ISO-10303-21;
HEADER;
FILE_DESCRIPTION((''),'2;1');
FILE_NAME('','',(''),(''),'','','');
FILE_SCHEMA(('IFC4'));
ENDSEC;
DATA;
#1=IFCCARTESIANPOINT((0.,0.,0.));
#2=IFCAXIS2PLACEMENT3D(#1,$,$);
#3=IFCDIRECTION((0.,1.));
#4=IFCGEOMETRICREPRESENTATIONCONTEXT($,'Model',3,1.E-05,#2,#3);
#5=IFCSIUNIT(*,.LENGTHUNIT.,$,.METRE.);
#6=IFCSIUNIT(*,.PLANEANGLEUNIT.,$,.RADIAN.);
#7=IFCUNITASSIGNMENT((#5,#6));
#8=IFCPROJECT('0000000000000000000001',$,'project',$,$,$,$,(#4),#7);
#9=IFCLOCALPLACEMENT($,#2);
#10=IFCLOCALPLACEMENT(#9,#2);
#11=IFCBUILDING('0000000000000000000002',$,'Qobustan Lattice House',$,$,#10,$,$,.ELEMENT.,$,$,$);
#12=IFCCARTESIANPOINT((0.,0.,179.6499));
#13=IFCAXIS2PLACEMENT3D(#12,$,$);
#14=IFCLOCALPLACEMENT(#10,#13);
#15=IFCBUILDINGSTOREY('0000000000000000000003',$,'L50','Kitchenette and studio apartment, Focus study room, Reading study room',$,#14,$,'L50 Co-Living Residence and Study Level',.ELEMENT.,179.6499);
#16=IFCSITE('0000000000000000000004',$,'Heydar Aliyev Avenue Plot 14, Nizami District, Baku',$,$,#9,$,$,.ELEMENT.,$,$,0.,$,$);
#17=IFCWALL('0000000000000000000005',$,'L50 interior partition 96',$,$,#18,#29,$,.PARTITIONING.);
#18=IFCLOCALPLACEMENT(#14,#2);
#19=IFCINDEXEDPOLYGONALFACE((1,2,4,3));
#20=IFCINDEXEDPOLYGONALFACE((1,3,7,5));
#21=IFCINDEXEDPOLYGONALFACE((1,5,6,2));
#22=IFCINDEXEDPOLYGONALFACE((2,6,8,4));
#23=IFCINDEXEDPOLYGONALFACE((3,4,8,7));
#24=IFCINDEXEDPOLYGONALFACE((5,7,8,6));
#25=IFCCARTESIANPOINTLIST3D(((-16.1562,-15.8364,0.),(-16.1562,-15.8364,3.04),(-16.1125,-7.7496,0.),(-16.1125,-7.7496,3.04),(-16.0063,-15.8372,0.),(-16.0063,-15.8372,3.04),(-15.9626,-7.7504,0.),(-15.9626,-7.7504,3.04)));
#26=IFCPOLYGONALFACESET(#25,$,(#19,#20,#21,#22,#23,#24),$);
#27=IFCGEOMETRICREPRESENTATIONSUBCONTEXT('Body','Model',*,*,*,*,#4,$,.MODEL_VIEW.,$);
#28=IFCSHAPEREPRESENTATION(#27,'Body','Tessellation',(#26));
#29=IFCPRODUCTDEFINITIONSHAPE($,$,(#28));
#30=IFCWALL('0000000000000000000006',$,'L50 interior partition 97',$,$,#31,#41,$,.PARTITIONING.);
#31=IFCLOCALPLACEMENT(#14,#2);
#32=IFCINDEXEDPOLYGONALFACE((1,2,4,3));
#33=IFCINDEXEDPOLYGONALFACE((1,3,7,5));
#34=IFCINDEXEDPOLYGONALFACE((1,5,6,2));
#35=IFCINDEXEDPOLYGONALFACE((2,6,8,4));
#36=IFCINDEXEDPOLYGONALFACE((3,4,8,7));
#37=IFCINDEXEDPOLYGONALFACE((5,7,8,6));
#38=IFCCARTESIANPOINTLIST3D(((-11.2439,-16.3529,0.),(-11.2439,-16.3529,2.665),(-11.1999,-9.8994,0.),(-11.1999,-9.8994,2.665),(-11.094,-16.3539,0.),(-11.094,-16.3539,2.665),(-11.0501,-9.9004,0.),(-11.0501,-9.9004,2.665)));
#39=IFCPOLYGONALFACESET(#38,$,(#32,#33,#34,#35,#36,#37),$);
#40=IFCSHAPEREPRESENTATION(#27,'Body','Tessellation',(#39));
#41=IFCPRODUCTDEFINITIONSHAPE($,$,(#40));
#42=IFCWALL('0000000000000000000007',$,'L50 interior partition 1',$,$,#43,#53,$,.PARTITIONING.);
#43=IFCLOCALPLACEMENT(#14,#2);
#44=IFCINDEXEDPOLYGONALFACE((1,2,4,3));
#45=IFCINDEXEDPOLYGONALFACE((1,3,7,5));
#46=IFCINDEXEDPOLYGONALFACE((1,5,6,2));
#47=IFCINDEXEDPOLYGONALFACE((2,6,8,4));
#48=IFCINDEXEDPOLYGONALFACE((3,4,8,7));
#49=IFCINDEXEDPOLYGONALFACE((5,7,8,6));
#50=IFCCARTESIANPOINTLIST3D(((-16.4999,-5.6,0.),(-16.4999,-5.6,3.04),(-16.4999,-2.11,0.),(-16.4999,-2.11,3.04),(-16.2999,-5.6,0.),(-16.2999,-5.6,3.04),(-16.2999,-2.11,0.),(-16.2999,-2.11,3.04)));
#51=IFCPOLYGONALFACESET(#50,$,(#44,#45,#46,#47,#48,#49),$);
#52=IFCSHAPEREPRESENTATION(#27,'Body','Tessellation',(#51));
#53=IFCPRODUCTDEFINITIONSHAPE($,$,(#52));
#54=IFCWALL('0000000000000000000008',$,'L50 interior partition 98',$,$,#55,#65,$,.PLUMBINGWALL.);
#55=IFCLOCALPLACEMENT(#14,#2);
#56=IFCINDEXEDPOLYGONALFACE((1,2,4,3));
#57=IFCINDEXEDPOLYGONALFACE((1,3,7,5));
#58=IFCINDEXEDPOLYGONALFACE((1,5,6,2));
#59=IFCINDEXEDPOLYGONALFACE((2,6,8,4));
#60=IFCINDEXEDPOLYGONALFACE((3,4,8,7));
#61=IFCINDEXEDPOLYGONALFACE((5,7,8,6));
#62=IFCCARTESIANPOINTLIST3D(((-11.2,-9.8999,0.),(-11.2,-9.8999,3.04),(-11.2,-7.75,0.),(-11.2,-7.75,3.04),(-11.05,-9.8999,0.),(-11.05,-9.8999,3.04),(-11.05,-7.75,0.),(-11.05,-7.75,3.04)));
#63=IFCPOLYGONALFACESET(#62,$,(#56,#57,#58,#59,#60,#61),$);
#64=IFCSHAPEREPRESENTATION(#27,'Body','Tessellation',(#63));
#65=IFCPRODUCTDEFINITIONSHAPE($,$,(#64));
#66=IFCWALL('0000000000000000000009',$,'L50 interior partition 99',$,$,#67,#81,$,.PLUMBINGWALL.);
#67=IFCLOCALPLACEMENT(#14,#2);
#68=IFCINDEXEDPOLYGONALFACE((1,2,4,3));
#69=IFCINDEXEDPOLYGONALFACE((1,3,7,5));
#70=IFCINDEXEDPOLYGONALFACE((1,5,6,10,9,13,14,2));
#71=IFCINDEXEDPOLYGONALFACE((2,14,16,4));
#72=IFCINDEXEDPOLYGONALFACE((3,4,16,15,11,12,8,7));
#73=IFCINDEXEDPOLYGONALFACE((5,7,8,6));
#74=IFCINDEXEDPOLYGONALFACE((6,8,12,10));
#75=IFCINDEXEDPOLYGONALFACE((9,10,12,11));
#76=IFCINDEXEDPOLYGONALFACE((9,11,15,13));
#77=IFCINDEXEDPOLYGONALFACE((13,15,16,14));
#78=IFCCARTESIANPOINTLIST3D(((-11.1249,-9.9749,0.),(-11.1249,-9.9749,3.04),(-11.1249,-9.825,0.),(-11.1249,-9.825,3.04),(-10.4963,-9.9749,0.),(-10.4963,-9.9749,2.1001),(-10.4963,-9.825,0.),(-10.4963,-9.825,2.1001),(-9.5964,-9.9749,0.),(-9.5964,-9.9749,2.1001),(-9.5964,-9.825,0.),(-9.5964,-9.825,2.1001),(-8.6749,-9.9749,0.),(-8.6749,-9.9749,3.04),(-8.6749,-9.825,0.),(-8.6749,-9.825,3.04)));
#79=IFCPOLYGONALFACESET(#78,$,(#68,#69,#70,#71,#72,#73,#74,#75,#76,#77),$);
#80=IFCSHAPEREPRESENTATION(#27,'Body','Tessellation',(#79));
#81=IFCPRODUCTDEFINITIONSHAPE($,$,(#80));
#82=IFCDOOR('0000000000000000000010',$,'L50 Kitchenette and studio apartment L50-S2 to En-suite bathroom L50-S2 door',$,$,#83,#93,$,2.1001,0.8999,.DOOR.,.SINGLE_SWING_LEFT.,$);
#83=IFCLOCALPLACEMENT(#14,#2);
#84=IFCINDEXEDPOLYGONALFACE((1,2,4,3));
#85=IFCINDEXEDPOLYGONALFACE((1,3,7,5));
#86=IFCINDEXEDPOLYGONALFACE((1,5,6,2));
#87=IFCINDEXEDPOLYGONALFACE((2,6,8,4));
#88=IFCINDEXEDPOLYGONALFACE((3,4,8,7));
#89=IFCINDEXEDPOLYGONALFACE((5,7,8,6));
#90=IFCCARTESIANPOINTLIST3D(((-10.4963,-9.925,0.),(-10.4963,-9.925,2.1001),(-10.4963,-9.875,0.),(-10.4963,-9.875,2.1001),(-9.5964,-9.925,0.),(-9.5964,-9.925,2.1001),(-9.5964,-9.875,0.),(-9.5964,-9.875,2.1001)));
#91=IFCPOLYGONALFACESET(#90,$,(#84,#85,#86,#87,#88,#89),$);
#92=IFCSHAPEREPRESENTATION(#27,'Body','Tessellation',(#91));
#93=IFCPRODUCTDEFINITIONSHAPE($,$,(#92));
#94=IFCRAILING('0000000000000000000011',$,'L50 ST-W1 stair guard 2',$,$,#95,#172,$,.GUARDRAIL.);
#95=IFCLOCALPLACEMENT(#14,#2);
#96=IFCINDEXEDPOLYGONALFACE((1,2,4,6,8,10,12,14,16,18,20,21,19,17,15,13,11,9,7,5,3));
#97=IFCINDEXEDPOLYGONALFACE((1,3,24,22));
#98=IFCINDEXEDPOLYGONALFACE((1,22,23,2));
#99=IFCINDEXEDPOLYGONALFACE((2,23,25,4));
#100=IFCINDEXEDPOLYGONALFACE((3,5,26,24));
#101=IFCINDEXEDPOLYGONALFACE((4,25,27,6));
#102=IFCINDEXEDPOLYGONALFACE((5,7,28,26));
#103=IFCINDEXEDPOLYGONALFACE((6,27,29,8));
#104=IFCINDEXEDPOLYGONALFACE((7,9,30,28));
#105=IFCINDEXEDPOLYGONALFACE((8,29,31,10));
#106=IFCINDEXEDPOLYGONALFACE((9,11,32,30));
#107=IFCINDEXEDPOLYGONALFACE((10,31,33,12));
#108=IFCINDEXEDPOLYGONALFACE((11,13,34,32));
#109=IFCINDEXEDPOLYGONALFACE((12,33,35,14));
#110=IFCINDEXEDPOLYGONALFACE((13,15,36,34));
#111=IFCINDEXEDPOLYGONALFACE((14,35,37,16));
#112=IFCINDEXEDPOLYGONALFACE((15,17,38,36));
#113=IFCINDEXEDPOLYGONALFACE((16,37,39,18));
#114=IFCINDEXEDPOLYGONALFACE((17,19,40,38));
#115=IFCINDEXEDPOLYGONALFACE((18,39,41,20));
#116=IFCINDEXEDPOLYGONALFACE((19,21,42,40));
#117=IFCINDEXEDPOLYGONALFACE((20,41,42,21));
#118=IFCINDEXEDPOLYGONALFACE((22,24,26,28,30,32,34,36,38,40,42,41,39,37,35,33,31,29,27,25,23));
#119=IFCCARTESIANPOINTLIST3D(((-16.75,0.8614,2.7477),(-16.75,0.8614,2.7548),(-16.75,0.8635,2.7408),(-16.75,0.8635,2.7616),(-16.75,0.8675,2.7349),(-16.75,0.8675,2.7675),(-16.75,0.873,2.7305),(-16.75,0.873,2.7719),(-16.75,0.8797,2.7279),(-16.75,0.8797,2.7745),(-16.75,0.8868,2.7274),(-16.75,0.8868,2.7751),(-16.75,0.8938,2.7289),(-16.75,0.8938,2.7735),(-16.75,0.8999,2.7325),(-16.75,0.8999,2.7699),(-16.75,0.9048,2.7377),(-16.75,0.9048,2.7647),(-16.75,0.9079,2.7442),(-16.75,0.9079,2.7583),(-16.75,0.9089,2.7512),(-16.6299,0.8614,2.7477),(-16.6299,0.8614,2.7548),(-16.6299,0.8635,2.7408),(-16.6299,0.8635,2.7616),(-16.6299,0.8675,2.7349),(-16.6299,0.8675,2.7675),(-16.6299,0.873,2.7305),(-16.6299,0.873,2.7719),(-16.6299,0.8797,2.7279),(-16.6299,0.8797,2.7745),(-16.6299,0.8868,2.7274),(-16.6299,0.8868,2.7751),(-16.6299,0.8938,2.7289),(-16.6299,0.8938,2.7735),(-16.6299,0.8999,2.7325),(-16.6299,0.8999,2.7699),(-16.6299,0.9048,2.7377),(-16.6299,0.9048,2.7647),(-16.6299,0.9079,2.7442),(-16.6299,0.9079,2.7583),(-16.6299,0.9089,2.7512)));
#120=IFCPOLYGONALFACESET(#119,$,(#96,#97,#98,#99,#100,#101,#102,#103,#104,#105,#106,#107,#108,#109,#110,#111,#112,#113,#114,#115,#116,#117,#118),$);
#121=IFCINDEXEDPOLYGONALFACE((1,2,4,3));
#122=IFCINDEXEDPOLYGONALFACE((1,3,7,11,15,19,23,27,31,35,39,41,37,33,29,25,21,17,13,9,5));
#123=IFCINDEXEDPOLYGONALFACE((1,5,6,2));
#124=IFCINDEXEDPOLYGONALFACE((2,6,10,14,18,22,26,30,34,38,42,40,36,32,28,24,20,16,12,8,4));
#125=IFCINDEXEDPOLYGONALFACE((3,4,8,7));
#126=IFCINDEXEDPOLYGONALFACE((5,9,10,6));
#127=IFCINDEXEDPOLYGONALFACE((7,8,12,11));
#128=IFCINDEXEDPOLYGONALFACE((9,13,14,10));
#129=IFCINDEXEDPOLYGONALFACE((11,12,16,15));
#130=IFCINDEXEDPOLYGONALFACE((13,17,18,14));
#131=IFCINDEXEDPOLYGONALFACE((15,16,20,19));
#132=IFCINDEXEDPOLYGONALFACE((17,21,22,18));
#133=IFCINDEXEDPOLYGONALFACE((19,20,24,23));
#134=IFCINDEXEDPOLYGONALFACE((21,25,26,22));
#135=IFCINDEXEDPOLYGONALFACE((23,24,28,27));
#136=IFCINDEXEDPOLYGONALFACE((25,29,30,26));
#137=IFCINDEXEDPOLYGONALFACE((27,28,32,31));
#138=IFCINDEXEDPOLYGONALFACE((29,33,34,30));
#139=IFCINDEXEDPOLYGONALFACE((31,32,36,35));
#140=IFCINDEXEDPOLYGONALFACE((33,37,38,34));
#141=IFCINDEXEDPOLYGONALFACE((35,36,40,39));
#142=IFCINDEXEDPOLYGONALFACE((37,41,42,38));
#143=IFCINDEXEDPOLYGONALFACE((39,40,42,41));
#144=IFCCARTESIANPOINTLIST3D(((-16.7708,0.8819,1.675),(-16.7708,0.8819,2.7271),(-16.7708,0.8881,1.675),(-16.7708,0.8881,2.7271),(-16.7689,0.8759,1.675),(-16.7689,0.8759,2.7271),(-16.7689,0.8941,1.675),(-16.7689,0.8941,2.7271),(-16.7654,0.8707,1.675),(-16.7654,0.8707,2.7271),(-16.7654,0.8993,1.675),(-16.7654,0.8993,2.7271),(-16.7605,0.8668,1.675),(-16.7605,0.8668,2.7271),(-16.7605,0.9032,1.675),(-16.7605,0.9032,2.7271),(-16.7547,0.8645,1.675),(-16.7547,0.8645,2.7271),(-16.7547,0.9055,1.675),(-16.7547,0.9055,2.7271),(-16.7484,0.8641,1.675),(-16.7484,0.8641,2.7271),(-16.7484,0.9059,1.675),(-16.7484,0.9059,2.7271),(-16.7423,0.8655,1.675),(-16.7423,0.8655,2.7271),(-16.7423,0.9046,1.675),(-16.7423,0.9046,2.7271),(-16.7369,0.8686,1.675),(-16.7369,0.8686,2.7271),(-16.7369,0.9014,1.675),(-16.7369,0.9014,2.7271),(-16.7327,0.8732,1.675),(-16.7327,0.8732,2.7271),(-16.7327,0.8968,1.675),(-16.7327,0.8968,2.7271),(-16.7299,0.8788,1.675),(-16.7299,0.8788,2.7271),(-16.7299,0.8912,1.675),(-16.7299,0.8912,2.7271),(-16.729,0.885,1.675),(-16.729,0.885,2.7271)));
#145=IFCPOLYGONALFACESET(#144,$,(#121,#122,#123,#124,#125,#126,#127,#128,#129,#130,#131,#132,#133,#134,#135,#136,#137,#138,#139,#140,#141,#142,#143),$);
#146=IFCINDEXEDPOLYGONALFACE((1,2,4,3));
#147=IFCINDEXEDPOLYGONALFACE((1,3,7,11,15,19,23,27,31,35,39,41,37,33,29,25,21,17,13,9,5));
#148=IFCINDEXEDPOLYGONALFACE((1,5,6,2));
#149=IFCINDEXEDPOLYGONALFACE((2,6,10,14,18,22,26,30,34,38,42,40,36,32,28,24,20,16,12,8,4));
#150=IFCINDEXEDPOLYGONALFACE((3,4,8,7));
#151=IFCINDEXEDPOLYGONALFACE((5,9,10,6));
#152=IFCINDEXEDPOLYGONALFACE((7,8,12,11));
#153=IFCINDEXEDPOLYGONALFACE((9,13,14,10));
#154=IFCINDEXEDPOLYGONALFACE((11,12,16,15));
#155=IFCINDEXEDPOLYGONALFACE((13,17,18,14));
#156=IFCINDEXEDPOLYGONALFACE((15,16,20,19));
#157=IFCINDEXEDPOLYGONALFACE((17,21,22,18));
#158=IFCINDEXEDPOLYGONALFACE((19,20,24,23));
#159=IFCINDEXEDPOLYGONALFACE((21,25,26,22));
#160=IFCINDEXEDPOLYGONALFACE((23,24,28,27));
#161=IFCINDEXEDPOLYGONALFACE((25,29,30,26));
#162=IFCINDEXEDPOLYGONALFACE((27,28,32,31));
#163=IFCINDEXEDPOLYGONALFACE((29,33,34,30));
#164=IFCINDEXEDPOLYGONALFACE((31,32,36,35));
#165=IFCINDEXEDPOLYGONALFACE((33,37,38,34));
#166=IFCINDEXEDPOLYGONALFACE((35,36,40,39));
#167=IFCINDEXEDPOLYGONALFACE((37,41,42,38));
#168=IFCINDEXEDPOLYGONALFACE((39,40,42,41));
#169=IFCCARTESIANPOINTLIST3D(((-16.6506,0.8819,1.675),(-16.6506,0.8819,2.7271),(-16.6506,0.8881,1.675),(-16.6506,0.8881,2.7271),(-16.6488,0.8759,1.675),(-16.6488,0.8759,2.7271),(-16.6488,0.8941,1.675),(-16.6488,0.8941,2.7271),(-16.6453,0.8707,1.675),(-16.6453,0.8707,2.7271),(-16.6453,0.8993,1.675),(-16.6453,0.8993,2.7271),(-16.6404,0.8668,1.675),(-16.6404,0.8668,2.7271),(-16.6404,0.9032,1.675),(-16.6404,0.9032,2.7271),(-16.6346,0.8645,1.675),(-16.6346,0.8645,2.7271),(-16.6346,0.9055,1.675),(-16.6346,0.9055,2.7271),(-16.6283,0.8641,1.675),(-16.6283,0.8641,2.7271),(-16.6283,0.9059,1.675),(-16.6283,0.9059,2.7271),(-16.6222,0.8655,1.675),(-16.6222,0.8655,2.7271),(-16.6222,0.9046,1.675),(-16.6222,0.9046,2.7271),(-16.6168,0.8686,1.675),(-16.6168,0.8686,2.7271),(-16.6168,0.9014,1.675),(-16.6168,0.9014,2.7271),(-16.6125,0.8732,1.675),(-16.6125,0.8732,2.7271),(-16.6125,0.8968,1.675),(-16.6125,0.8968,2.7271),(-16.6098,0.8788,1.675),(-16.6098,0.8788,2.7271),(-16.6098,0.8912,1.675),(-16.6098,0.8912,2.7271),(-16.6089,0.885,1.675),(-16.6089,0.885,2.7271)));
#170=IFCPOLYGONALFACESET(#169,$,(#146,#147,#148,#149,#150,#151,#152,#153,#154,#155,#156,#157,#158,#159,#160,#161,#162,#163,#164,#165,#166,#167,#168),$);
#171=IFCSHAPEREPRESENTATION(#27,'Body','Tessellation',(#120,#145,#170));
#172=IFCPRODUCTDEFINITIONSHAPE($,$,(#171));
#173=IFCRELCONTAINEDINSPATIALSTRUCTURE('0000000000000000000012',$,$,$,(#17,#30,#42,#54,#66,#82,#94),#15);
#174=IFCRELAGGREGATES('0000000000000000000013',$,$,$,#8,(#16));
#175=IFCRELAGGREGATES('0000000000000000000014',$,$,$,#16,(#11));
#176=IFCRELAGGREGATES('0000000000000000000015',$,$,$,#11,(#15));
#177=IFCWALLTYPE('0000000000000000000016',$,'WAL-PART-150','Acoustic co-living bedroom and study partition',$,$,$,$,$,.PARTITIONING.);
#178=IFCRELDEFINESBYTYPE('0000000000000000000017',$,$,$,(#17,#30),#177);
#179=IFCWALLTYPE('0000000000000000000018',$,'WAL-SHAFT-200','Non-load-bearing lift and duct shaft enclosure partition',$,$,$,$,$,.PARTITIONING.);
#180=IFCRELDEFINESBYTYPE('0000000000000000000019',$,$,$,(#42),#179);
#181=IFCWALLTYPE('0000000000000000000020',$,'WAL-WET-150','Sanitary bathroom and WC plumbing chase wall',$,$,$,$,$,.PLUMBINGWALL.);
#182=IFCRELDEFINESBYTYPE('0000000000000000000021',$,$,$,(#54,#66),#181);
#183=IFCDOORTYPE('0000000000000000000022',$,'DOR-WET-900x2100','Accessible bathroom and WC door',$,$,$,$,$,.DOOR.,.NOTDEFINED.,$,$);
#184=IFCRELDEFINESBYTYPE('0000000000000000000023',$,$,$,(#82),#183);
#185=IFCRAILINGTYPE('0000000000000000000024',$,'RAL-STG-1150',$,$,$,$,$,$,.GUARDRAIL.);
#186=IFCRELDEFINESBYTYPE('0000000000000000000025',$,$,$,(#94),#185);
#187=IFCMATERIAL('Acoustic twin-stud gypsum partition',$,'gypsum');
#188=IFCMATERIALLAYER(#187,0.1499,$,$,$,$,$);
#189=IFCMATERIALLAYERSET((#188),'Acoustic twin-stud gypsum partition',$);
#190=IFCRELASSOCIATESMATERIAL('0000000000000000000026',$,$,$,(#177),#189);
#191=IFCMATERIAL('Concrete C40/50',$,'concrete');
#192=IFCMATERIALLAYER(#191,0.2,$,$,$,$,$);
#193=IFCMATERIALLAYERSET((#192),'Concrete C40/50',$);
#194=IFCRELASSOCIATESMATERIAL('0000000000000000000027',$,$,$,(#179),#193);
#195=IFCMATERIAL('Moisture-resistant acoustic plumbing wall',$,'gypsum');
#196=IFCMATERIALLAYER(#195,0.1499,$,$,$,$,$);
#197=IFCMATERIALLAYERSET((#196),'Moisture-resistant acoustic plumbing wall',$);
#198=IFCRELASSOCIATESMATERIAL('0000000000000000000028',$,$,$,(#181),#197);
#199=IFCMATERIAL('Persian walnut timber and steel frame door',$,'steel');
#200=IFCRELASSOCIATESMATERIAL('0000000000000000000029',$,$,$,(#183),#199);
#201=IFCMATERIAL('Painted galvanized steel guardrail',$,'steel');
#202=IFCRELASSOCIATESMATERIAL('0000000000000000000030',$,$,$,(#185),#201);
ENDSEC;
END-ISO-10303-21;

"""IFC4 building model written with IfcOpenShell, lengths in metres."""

from ifc_helpers import new_model, si_unit, direction, frame, frame_2d, origin, origin_2d, place, context, subcontext, project, spatial, rectangle, circle, extrude, material, layer, layer_set, type_object, element, fill, save


model = new_model("IFC4")

# Units and contexts
model_context = context("Model", 3, precision=1e-05, world=origin(), true_north=direction((0.0, 1.0)))
body_context = subcontext(model_context, "Body", "Model", "MODEL_VIEW")
ifc_project = project(units=[si_unit("LENGTHUNIT", "METRE"), si_unit("PLANEANGLEUNIT", "RADIAN")], contexts=[model_context])

# Site, building, storey
site_placement = place(None, origin())
site = spatial("IfcSite", under=ifc_project, at=site_placement, Name="Heydar Aliyev Avenue Plot 14, Nizami District, Baku", CompositionType="ELEMENT", RefElevation=0.0)
building_placement = place(site_placement, origin())
building = spatial("IfcBuilding", under=site, at=building_placement, Name="Qobustan Lattice House", CompositionType="ELEMENT")
storey_placement = place(building_placement, frame((0.0, 0.0, 179.6499)))
storey = spatial("IfcBuildingStorey", under=building, at=storey_placement, Name="L50", Description="Kitchenette and studio apartment, Focus study room, Reading study room", LongName="L50 Co-Living Residence and Study Level", CompositionType="ELEMENT", Elevation=179.6499)

# Shared definitions
ifc_material_1 = material(Name="Acoustic twin-stud gypsum partition", Category="gypsum")
ifc_layer_1 = layer(ifc_material_1, 0.1499)
ifc_layer_set_1 = layer_set([ifc_layer_1], Name="Acoustic twin-stud gypsum partition")
wall_type_1 = type_object("IfcWallType", Name="WAL-PART-150", Description="Acoustic co-living bedroom and study partition", PredefinedType="PARTITIONING", material=ifc_layer_set_1)

# Walls
wall_1_placement = place(storey_placement, frame((-16.0376, -7.75, 0.0), z_axis=(0.0, 0.0, 1.0), x_axis=(-0.005404, -0.999985, 0.0)))
element("IfcWall", 1, at=wall_1_placement, inside=storey, type_object=wall_type_1, Name="L50 interior partition 96", PredefinedType="PARTITIONING", context=body_context, shape_type="SweptSolid", body=[
    extrude(rectangle(XDim=8.0869, YDim=0.1499, at=frame_2d((4.0435, 0.0))), origin(), (0.0, 0.0, 1.0), 3.04),
])
wall_2_placement = place(storey_placement, frame((-11.125, -9.8999, 0.0), z_axis=(0.0, 0.0, 1.0), x_axis=(-0.00681, -0.999977, 0.0)))
element("IfcWall", 2, at=wall_2_placement, inside=storey, type_object=wall_type_1, Name="L50 interior partition 97", PredefinedType="PARTITIONING", context=body_context, shape_type="SweptSolid", body=[
    extrude(rectangle(XDim=6.4536, YDim=0.1499, at=frame_2d((3.2268, 0.0))), origin(), (0.0, 0.0, 1.0), 2.665),
])
ifc_material_2 = material(Name="Concrete C40/50", Category="concrete")
ifc_layer_2 = layer(ifc_material_2, 0.2)
ifc_layer_set_2 = layer_set([ifc_layer_2], Name="Concrete C40/50")
wall_type_2 = type_object("IfcWallType", Name="WAL-SHAFT-200", Description="Non-load-bearing lift and duct shaft enclosure partition", PredefinedType="PARTITIONING", material=ifc_layer_set_2)
wall_3_placement = place(storey_placement, frame((-16.3999, -5.6001, 0.0), z_axis=(0.0, 0.0, 1.0), x_axis=(0.0, 1.0, 0.0)))
element("IfcWall", 3, at=wall_3_placement, inside=storey, type_object=wall_type_2, Name="L50 interior partition 1", PredefinedType="PARTITIONING", context=body_context, shape_type="SweptSolid", body=[
    extrude(rectangle(XDim=3.49, YDim=0.2, at=frame_2d((1.7451, 0.0))), origin(), (0.0, 0.0, 1.0), 3.04),
])
ifc_material_3 = material(Name="Moisture-resistant acoustic plumbing wall", Category="gypsum")
ifc_layer_3 = layer(ifc_material_3, 0.1499)
ifc_layer_set_3 = layer_set([ifc_layer_3], Name="Moisture-resistant acoustic plumbing wall")
wall_type_3 = type_object("IfcWallType", Name="WAL-WET-150", Description="Sanitary bathroom and WC plumbing chase wall", PredefinedType="PLUMBINGWALL", material=ifc_layer_set_3)
wall_4_placement = place(storey_placement, frame((-11.125, -7.75, 0.0), z_axis=(0.0, 0.0, 1.0), x_axis=(0.0, -1.0, 0.0)))
element("IfcWall", 4, at=wall_4_placement, inside=storey, type_object=wall_type_3, Name="L50 interior partition 98", PredefinedType="PLUMBINGWALL", context=body_context, shape_type="SweptSolid", body=[
    extrude(rectangle(XDim=2.1499, YDim=0.1499, at=frame_2d((1.075, 0.0))), origin(), (0.0, 0.0, 1.0), 3.04),
])

# Wall, opening, door
wall_5_placement = place(storey_placement, frame((-11.125, -9.8999, 0.0), z_axis=(0.0, 0.0, 1.0), x_axis=(1.0, 0.0, 0.0)))
wall_5 = element("IfcWall", 5, at=wall_5_placement, inside=storey, type_object=wall_type_3, Name="L50 interior partition 99", PredefinedType="PLUMBINGWALL", context=body_context, shape_type="SweptSolid", body=[
    extrude(rectangle(XDim=2.45, YDim=0.1499, at=frame_2d((1.2251, 0.0))), origin(), (0.0, 0.0, 1.0), 3.04),
])
opening_1_placement = place(wall_5_placement, frame((0.6287, 0.0, 0.0)))
opening_1 = element("IfcOpeningElement", 6, at=opening_1_placement, cuts=wall_5, PredefinedType="OPENING", context=body_context, shape_type="SweptSolid", body=[
    extrude(rectangle(XDim=0.8999, YDim=2.1001, at=frame_2d((0.45, 1.05))), frame((0.0, 0.085, 0.0), z_axis=(0.0, -1.0, 0.0), x_axis=(1.0, 0.0, 0.0)), (0.0, 0.0, 1.0), 0.1699),
])
ifc_material_4 = material(Name="Persian walnut timber and steel frame door", Category="steel")
door_type_1 = type_object("IfcDoorType", Name="DOR-WET-900x2100", Description="Accessible bathroom and WC door", OperationType="NOTDEFINED", PredefinedType="DOOR", material=ifc_material_4)
door_1_placement = place(opening_1_placement, origin())
door_1 = element("IfcDoor", 7, at=door_1_placement, inside=storey, type_object=door_type_1, Name="L50 Kitchenette and studio apartment L50-S2 to En-suite bathroom L50-S2 door", OperationType="SINGLE_SWING_LEFT", OverallHeight=2.1001, OverallWidth=0.8999, PredefinedType="DOOR", context=body_context, shape_type="SweptSolid", body=[
    extrude(rectangle(XDim=0.8999, YDim=2.1001, at=frame_2d((0.45, 1.05))), frame((0.0, 0.0249, 0.0), z_axis=(0.0, -1.0, 0.0), x_axis=(1.0, 0.0, 0.0)), (0.0, 0.0, 1.0), 0.05),
])
fill(opening_1, door_1)

# Railing
ifc_material_5 = material(Name="Painted galvanized steel guardrail", Category="steel")
railing_type = type_object("IfcRailingType", Name="RAL-STG-1150", PredefinedType="GUARDRAIL", material=ifc_material_5)
railing_placement = place(storey_placement, frame((-16.75, 0.885, 1.675)))
element("IfcRailing", 8, at=railing_placement, inside=storey, type_object=railing_type, Name="L50 ST-W1 stair guard 2", PredefinedType="GUARDRAIL", context=body_context, shape_type="SweptSolid", body=[
    extrude(circle(Radius=0.0239, at=origin_2d()), frame((0.0, 0.0, 1.0762), z_axis=(1.0, 0.0, 0.0), x_axis=(0.0, 1.0, 0.0)), (0.0, 0.0, 1.0), 0.1201),
    extrude(circle(Radius=0.021, at=origin_2d()), origin(), (0.0, 0.0, 1.0), 1.052),
    extrude(circle(Radius=0.021, at=origin_2d()), frame((0.1201, 0.0, 0.0)), (0.0, 0.0, 1.0), 1.052),
])

save(model, "model.ifc")
